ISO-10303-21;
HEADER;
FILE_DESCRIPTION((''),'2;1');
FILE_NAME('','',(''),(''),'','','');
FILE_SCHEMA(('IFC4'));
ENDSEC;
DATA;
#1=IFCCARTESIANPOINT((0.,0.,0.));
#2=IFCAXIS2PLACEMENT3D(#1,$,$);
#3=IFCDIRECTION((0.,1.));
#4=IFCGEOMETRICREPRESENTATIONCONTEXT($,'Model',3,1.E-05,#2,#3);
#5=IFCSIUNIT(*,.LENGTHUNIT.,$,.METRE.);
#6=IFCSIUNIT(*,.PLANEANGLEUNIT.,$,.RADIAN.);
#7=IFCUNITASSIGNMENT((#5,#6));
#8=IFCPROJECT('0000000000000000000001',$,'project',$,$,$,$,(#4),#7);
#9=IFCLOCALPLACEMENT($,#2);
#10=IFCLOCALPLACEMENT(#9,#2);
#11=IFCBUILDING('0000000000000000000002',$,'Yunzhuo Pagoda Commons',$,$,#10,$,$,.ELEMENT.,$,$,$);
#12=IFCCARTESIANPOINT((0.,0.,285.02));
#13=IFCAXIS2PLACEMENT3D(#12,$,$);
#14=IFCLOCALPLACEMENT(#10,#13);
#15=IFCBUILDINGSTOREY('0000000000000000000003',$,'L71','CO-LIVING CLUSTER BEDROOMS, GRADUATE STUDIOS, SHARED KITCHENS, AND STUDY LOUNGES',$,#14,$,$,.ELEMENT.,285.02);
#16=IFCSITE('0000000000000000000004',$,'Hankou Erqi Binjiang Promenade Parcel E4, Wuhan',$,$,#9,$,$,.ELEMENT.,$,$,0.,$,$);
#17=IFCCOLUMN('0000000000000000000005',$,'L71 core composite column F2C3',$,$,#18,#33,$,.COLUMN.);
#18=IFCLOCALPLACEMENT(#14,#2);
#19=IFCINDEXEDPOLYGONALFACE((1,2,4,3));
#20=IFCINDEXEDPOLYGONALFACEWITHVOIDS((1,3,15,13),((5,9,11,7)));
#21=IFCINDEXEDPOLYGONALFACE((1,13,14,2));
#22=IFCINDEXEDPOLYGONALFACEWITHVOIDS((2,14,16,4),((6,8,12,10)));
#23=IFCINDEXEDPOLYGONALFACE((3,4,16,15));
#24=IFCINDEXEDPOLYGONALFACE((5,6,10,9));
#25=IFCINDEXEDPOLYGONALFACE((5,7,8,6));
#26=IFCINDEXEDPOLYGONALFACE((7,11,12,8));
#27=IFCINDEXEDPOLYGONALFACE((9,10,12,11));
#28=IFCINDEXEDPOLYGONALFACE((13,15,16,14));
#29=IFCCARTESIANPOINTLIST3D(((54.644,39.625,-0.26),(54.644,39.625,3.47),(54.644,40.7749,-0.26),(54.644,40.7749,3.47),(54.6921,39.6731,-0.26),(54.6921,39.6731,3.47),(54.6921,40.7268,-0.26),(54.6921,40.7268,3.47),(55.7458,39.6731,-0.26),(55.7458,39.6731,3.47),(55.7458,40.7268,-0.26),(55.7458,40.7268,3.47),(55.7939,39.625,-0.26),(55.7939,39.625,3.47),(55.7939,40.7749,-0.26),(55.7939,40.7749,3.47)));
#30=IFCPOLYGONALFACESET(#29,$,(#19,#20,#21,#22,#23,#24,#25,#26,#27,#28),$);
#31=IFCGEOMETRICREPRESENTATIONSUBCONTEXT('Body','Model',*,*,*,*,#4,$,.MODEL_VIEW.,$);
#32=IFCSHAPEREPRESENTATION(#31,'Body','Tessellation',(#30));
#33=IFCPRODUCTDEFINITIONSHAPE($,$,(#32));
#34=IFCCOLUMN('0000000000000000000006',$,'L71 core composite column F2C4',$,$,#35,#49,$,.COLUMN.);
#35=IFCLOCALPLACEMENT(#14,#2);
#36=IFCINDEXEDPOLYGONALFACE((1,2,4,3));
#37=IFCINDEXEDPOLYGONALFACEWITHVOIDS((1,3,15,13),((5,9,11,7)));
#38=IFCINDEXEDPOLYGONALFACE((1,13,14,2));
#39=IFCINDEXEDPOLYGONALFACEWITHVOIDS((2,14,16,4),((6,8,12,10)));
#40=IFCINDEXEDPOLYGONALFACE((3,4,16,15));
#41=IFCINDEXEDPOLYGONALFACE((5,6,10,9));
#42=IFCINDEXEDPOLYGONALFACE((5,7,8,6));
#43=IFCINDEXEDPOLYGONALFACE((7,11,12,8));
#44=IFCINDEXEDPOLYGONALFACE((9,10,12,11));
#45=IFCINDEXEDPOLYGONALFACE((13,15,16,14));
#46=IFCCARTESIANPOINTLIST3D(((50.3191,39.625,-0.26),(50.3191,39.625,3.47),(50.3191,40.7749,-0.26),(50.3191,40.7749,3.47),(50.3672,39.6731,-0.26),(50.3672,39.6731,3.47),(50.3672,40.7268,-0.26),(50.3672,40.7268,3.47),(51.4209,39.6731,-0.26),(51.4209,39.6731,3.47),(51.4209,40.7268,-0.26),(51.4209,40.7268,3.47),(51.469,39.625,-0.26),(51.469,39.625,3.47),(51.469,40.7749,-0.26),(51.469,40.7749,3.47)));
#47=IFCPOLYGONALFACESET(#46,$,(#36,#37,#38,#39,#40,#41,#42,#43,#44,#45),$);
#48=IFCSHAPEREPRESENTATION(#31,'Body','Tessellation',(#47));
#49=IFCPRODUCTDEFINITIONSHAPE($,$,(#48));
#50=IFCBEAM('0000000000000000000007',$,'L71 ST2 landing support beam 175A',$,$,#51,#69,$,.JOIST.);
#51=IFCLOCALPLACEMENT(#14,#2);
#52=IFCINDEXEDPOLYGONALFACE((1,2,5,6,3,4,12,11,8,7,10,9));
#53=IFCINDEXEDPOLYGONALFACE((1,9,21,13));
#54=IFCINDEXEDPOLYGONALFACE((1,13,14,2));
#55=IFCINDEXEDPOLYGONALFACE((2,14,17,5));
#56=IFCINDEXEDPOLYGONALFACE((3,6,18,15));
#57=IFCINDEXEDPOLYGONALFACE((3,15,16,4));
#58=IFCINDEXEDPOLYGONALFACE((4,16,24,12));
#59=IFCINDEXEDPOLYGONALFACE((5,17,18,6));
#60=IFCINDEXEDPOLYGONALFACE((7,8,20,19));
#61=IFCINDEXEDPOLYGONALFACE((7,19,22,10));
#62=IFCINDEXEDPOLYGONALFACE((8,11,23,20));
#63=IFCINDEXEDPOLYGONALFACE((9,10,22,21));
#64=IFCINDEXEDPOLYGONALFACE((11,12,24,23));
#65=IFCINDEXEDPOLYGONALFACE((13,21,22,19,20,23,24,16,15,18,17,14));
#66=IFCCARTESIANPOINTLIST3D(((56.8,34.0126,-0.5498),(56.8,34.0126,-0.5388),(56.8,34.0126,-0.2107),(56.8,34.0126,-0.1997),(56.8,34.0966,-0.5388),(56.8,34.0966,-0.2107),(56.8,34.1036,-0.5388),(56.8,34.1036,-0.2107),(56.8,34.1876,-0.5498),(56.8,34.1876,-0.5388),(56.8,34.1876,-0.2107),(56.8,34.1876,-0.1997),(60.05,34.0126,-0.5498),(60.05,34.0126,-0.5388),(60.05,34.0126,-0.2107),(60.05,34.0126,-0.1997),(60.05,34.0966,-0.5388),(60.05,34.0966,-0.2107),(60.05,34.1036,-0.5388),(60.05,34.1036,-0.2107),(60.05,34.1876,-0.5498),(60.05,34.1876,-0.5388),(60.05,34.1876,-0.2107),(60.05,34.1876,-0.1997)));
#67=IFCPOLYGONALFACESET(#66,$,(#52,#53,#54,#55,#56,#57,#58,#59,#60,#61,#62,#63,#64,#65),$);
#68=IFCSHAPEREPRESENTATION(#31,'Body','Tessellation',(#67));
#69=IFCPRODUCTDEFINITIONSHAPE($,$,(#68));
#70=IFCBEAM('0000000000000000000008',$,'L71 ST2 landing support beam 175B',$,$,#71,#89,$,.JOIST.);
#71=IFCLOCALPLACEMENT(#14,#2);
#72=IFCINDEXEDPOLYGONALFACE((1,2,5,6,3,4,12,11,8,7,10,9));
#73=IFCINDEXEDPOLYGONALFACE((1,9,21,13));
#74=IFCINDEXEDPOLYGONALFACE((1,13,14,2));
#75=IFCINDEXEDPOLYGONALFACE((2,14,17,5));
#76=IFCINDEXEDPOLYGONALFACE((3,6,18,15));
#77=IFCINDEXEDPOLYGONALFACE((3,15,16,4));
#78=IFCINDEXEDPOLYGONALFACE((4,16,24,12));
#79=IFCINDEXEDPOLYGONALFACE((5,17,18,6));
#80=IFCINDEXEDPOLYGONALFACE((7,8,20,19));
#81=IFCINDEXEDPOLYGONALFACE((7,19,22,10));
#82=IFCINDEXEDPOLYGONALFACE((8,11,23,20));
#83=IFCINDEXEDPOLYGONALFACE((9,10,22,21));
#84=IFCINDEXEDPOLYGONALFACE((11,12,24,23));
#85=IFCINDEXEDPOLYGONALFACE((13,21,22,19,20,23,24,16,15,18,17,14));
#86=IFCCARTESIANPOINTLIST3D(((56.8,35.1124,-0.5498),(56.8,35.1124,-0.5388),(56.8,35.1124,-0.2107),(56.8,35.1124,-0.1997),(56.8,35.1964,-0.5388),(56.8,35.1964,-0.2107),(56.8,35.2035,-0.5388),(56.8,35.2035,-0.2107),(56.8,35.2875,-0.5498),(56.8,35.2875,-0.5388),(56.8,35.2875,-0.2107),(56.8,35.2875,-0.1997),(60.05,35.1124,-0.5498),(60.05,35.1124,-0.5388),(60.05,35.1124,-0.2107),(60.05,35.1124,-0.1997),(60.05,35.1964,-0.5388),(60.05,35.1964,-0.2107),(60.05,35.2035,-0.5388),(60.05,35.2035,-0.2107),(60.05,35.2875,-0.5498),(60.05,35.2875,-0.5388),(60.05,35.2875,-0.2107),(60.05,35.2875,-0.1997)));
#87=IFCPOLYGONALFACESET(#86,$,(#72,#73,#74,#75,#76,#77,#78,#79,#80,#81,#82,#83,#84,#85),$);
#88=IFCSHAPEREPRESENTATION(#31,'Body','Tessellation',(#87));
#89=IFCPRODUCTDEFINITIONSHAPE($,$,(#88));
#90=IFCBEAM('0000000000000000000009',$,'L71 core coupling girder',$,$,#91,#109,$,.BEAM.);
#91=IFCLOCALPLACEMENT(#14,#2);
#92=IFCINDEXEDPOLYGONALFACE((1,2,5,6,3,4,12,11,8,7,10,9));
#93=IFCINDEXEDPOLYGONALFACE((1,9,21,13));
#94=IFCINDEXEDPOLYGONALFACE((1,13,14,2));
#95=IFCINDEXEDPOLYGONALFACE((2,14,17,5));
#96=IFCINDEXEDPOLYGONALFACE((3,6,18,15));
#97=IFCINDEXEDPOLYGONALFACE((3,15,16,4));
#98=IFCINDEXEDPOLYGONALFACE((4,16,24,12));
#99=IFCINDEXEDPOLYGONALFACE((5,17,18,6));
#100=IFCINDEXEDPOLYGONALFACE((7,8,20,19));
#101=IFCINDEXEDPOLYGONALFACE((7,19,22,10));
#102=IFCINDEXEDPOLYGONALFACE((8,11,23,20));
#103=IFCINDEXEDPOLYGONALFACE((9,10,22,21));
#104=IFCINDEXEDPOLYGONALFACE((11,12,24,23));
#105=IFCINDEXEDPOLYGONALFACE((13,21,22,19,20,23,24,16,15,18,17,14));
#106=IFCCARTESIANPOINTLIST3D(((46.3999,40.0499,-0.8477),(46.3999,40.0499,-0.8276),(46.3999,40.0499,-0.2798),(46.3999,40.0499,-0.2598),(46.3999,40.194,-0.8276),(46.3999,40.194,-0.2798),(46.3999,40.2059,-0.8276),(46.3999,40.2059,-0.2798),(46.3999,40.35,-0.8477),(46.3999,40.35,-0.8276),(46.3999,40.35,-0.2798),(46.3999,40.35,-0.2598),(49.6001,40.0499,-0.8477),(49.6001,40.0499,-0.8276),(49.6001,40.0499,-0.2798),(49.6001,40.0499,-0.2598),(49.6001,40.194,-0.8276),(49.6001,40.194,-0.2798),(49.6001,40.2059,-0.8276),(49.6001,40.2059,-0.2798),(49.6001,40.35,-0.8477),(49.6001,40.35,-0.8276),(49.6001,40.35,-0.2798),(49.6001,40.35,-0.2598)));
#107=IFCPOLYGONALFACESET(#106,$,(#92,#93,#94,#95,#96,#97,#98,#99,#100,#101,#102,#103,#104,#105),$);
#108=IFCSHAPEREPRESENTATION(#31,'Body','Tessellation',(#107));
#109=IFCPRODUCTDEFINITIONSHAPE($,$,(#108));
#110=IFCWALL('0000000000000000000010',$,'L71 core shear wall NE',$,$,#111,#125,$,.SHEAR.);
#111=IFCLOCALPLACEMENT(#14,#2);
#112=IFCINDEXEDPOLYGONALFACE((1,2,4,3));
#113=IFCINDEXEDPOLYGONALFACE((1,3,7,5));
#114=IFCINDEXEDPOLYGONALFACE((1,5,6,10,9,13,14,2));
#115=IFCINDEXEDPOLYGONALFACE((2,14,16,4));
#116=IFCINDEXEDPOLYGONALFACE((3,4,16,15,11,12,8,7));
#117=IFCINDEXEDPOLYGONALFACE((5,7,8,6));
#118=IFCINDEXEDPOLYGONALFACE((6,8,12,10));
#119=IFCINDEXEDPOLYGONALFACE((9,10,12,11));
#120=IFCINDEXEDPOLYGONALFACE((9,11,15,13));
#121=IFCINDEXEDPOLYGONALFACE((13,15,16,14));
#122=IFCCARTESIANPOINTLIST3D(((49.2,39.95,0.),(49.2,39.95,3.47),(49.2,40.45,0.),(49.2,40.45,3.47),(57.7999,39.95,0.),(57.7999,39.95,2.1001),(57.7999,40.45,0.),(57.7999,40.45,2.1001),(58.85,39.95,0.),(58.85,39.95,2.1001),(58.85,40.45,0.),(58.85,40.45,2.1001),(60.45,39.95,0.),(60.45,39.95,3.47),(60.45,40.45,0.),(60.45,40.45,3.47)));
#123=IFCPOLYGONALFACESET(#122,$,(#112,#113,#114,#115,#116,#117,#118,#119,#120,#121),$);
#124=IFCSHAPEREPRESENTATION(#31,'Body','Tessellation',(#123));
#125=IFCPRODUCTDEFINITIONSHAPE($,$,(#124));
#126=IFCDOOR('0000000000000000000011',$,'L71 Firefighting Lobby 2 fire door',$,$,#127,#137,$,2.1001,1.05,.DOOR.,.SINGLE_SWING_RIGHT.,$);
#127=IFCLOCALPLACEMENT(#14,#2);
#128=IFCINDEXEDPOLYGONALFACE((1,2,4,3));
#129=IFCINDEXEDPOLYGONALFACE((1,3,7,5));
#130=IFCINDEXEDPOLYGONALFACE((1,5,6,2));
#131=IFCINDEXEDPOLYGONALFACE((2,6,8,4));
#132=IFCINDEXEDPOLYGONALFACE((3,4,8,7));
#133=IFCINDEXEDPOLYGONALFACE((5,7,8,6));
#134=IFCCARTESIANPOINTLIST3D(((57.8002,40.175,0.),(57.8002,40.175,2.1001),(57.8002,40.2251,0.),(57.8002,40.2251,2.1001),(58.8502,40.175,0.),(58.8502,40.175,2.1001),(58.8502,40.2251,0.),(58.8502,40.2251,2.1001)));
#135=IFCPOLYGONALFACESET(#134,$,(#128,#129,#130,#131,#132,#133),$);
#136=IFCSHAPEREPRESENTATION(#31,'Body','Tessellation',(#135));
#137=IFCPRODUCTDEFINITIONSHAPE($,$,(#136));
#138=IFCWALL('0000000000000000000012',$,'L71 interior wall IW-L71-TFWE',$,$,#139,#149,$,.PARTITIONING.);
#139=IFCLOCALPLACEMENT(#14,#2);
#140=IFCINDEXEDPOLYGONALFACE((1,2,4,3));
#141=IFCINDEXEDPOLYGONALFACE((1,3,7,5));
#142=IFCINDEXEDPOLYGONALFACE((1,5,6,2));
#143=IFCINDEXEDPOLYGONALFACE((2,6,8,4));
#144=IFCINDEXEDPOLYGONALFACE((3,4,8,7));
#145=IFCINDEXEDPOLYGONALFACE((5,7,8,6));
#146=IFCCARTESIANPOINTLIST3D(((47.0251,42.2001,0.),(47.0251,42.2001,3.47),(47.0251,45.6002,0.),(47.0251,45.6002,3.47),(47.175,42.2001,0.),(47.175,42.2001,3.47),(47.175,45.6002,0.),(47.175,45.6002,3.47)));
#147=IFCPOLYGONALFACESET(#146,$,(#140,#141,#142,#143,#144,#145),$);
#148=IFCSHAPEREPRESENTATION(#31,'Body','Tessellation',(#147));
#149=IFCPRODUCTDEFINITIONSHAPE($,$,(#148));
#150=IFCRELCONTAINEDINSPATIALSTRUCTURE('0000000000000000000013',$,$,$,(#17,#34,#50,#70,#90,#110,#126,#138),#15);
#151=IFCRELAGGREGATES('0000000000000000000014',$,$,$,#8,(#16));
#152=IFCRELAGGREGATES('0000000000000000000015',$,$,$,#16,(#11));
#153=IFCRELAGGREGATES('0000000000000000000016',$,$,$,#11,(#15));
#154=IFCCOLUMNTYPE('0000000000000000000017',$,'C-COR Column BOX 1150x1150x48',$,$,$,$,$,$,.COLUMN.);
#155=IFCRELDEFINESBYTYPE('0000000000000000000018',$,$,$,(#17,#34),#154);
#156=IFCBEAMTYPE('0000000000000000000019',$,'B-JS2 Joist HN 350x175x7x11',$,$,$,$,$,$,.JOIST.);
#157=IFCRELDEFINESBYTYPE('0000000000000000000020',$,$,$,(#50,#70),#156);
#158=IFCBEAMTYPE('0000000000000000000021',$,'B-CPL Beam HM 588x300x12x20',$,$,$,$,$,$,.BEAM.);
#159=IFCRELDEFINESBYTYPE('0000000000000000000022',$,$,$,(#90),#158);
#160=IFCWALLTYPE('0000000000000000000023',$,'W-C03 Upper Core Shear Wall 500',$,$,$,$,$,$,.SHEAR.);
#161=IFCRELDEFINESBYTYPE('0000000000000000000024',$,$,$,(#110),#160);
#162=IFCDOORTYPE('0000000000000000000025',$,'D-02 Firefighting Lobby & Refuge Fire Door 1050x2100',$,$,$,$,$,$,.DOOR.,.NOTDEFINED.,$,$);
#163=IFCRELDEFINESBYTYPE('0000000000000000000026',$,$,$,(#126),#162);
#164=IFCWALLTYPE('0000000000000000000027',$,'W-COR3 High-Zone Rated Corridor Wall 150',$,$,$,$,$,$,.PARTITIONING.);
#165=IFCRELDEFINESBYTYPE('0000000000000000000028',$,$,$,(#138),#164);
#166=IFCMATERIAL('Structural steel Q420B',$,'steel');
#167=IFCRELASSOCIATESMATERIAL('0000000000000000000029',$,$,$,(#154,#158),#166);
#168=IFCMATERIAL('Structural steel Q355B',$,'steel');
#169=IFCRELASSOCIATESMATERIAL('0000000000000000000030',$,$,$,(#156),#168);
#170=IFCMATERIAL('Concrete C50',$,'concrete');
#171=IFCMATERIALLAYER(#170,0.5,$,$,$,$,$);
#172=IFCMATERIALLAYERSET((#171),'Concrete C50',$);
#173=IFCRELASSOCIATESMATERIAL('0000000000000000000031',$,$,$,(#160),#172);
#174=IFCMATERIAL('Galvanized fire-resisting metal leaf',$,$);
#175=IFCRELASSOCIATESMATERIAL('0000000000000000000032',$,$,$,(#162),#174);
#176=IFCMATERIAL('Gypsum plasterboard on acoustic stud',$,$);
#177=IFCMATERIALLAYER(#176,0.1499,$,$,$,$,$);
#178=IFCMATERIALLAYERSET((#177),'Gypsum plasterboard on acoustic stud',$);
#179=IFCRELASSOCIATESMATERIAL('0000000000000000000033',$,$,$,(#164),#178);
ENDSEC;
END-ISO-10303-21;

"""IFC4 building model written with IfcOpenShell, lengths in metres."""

from ifc_helpers import new_model, si_unit, direction, frame, frame_2d, origin, origin_2d, place, context, subcontext, project, spatial, rectangle, hollow_rectangle, i_section, extrude, source, transform, mapped, material, layer, layer_set, material_profile, profile_set, type_object, element, fill, save


model = new_model("IFC4")

# Units and contexts
model_context = context("Model", 3, precision=1e-05, world=origin(), true_north=direction((0.0, 1.0)))
body_context = subcontext(model_context, "Body", "Model", "MODEL_VIEW")
ifc_project = project(units=[si_unit("LENGTHUNIT", "METRE"), si_unit("PLANEANGLEUNIT", "RADIAN")], contexts=[model_context])

# Site, building, storey
site_placement = place(None, origin())
site = spatial("IfcSite", under=ifc_project, at=site_placement, Name="Hankou Erqi Binjiang Promenade Parcel E4, Wuhan", CompositionType="ELEMENT", RefElevation=0.0)
building_placement = place(site_placement, origin())
building = spatial("IfcBuilding", under=site, at=building_placement, Name="Yunzhuo Pagoda Commons", CompositionType="ELEMENT")
storey_placement = place(building_placement, frame((0.0, 0.0, 285.02)))
storey = spatial("IfcBuildingStorey", under=building, at=storey_placement, Name="L71", Description="CO-LIVING CLUSTER BEDROOMS, GRADUATE STUDIOS, SHARED KITCHENS, AND STUDY LOUNGES", CompositionType="ELEMENT", Elevation=285.02)

# Columns
ifc_material_1 = material(Name="Structural steel Q420B", Category="steel")
ifc_material_profile_1 = material_profile(ifc_material_1, hollow_rectangle(XDim=1.1499, YDim=1.1499, WallThickness=0.0481, at=origin_2d()), Name="Structural steel Q420B")
ifc_profile_set_1 = profile_set([ifc_material_profile_1], Name="Structural steel Q420B")
column_type = type_object("IfcColumnType", Name="C-COR Column BOX 1150x1150x48", PredefinedType="COLUMN", material=ifc_profile_set_1)
shared_shape_1 = source(origin(), body_context, "Body", "SweptSolid", [
    extrude(hollow_rectangle(XDim=1.1499, YDim=1.1499, WallThickness=0.0481, at=origin_2d()), origin(), (0.0, 0.0, 1.0), 3.73),
])
for number, where, z_axis, x_axis, name in (
    (1, (55.219, 40.2, -0.26), (0.0, 0.0, 1.0), (1.0, 0.0, 0.0), "L71 core composite column F2C3"),
    (2, (50.894, 40.2, -0.26), (0.0, 0.0, 1.0), (1.0, 0.0, 0.0), "L71 core composite column F2C4"),
):
    element("IfcColumn", number, at=place(storey_placement, frame(where, z_axis=z_axis, x_axis=x_axis)), inside=storey, type_object=column_type, Name=name, PredefinedType="COLUMN", context=body_context, shape_type="MappedRepresentation", body=[
        mapped(shared_shape_1, transform((0.0, 0.0, 0.0), scale=1.0)),
    ])

# Beams
ifc_material_2 = material(Name="Structural steel Q355B", Category="steel")
ifc_material_profile_2 = material_profile(ifc_material_2, i_section(OverallWidth=0.175, OverallDepth=0.3501, WebThickness=0.0071, FlangeThickness=0.011, at=origin_2d()), Name="Structural steel Q355B")
ifc_profile_set_2 = profile_set([ifc_material_profile_2], Name="Structural steel Q355B")
beam_type_1 = type_object("IfcBeamType", Name="B-JS2 Joist HN 350x175x7x11", PredefinedType="JOIST", material=ifc_profile_set_2)
shared_shape_2 = source(origin(), body_context, "Body", "SweptSolid", [
    extrude(i_section(OverallWidth=0.175, OverallDepth=0.3501, WebThickness=0.0071, FlangeThickness=0.011, at=origin_2d()), origin(), (0.0, 0.0, 1.0), 3.25),
])
for number, where, z_axis, x_axis, name in (
    (3, (56.8, 34.1001, -0.3748), (1.0, 0.0, 0.0), (0.0, 1.0, 0.0), "L71 ST2 landing support beam 175A"),
    (4, (56.8, 35.2, -0.3748), (1.0, 0.0, 0.0), (0.0, 1.0, 0.0), "L71 ST2 landing support beam 175B"),
):
    element("IfcBeam", number, at=place(storey_placement, frame(where, z_axis=z_axis, x_axis=x_axis)), inside=storey, type_object=beam_type_1, Name=name, PredefinedType="JOIST", context=body_context, shape_type="MappedRepresentation", body=[
        mapped(shared_shape_2, transform((0.0, 0.0, 0.0), scale=1.0)),
    ])
ifc_material_profile_3 = material_profile(ifc_material_1, i_section(OverallWidth=0.3, OverallDepth=0.5879, WebThickness=0.012, FlangeThickness=0.02, at=origin_2d()), Name="Structural steel Q420B")
ifc_profile_set_3 = profile_set([ifc_material_profile_3], Name="Structural steel Q420B")
beam_type_2 = type_object("IfcBeamType", Name="B-CPL Beam HM 588x300x12x20", PredefinedType="BEAM", material=ifc_profile_set_3)
shared_shape_3 = source(origin(), body_context, "Body", "SweptSolid", [
    extrude(i_section(OverallWidth=0.3, OverallDepth=0.5879, WebThickness=0.012, FlangeThickness=0.02, at=origin_2d()), origin(), (0.0, 0.0, 1.0), 3.2002),
])
beam_placement = place(storey_placement, frame((46.3999, 40.2, -0.5537), z_axis=(1.0, 0.0, 0.0), x_axis=(0.0, 1.0, 0.0)))
element("IfcBeam", 5, at=beam_placement, inside=storey, type_object=beam_type_2, Name="L71 core coupling girder", PredefinedType="BEAM", context=body_context, shape_type="MappedRepresentation", body=[
    mapped(shared_shape_3, transform((0.0, 0.0, 0.0), scale=1.0)),
])

# Wall, opening, door
ifc_material_3 = material(Name="Concrete C50", Category="concrete")
ifc_layer_1 = layer(ifc_material_3, 0.5)
ifc_layer_set_1 = layer_set([ifc_layer_1], Name="Concrete C50")
wall_type_1 = type_object("IfcWallType", Name="W-C03 Upper Core Shear Wall 500", PredefinedType="SHEAR", material=ifc_layer_set_1)
wall_1_placement = place(storey_placement, frame((49.2, 40.2, 0.0), z_axis=(0.0, 0.0, 1.0), x_axis=(1.0, 0.0, 0.0)))
wall_1 = element("IfcWall", 6, at=wall_1_placement, inside=storey, type_object=wall_type_1, Name="L71 core shear wall NE", PredefinedType="SHEAR", context=body_context, shape_type="SweptSolid", body=[
    extrude(rectangle(XDim=11.25, YDim=0.5, at=frame_2d((5.625, 0.0))), origin(), (0.0, 0.0, 1.0), 3.47),
])
opening_1_placement = place(wall_1_placement, frame((8.6001, 0.0, 0.0)))
opening_1 = element("IfcOpeningElement", 7, at=opening_1_placement, cuts=wall_1, PredefinedType="OPENING", context=body_context, shape_type="SweptSolid", body=[
    extrude(rectangle(XDim=1.05, YDim=2.1001, at=frame_2d((0.5249, 1.05))), frame((0.0, 0.26, 0.0), z_axis=(0.0, -1.0, 0.0), x_axis=(1.0, 0.0, 0.0)), (0.0, 0.0, 1.0), 0.52),
])
ifc_material_4 = material(Name="Galvanized fire-resisting metal leaf")
door_type_1 = type_object("IfcDoorType", Name="D-02 Firefighting Lobby & Refuge Fire Door 1050x2100", OperationType="NOTDEFINED", PredefinedType="DOOR", material=ifc_material_4)
shared_shape_4 = source(origin(), body_context, "Body", "SweptSolid", [
    extrude(rectangle(XDim=1.05, YDim=2.1001, at=frame_2d((0.5249, 1.05))), frame((0.0, 0.0249, 0.0), z_axis=(0.0, -1.0, 0.0), x_axis=(1.0, 0.0, 0.0)), (0.0, 0.0, 1.0), 0.05),
])
door_1_placement = place(opening_1_placement, frame((1.05, 0.0, 0.0), z_axis=(0.0, 0.0, 1.0), x_axis=(-1.0, 0.0, 0.0)))
door_1 = element("IfcDoor", 8, at=door_1_placement, inside=storey, type_object=door_type_1, Name="L71 Firefighting Lobby 2 fire door", OperationType="SINGLE_SWING_RIGHT", OverallHeight=2.1001, OverallWidth=1.05, PredefinedType="DOOR", context=body_context, shape_type="MappedRepresentation", body=[
    mapped(shared_shape_4, transform((0.0, 0.0, 0.0), scale=1.0)),
])
fill(opening_1, door_1)

# Wall
ifc_material_5 = material(Name="Gypsum plasterboard on acoustic stud")
ifc_layer_2 = layer(ifc_material_5, 0.1499)
ifc_layer_set_2 = layer_set([ifc_layer_2], Name="Gypsum plasterboard on acoustic stud")
wall_type_2 = type_object("IfcWallType", Name="W-COR3 High-Zone Rated Corridor Wall 150", PredefinedType="PARTITIONING", material=ifc_layer_set_2)
wall_2_placement = place(storey_placement, frame((47.1001, 42.2, 0.0), z_axis=(0.0, 0.0, 1.0), x_axis=(0.0, 1.0, 0.0)))
element("IfcWall", 9, at=wall_2_placement, inside=storey, type_object=wall_type_2, Name="L71 interior wall IW-L71-TFWE", PredefinedType="PARTITIONING", context=body_context, shape_type="SweptSolid", body=[
    extrude(rectangle(XDim=3.4001, YDim=0.1499, at=frame_2d((1.7002, 0.0))), origin(), (0.0, 0.0, 1.0), 3.47),
])

save(model, "model.ifc")
